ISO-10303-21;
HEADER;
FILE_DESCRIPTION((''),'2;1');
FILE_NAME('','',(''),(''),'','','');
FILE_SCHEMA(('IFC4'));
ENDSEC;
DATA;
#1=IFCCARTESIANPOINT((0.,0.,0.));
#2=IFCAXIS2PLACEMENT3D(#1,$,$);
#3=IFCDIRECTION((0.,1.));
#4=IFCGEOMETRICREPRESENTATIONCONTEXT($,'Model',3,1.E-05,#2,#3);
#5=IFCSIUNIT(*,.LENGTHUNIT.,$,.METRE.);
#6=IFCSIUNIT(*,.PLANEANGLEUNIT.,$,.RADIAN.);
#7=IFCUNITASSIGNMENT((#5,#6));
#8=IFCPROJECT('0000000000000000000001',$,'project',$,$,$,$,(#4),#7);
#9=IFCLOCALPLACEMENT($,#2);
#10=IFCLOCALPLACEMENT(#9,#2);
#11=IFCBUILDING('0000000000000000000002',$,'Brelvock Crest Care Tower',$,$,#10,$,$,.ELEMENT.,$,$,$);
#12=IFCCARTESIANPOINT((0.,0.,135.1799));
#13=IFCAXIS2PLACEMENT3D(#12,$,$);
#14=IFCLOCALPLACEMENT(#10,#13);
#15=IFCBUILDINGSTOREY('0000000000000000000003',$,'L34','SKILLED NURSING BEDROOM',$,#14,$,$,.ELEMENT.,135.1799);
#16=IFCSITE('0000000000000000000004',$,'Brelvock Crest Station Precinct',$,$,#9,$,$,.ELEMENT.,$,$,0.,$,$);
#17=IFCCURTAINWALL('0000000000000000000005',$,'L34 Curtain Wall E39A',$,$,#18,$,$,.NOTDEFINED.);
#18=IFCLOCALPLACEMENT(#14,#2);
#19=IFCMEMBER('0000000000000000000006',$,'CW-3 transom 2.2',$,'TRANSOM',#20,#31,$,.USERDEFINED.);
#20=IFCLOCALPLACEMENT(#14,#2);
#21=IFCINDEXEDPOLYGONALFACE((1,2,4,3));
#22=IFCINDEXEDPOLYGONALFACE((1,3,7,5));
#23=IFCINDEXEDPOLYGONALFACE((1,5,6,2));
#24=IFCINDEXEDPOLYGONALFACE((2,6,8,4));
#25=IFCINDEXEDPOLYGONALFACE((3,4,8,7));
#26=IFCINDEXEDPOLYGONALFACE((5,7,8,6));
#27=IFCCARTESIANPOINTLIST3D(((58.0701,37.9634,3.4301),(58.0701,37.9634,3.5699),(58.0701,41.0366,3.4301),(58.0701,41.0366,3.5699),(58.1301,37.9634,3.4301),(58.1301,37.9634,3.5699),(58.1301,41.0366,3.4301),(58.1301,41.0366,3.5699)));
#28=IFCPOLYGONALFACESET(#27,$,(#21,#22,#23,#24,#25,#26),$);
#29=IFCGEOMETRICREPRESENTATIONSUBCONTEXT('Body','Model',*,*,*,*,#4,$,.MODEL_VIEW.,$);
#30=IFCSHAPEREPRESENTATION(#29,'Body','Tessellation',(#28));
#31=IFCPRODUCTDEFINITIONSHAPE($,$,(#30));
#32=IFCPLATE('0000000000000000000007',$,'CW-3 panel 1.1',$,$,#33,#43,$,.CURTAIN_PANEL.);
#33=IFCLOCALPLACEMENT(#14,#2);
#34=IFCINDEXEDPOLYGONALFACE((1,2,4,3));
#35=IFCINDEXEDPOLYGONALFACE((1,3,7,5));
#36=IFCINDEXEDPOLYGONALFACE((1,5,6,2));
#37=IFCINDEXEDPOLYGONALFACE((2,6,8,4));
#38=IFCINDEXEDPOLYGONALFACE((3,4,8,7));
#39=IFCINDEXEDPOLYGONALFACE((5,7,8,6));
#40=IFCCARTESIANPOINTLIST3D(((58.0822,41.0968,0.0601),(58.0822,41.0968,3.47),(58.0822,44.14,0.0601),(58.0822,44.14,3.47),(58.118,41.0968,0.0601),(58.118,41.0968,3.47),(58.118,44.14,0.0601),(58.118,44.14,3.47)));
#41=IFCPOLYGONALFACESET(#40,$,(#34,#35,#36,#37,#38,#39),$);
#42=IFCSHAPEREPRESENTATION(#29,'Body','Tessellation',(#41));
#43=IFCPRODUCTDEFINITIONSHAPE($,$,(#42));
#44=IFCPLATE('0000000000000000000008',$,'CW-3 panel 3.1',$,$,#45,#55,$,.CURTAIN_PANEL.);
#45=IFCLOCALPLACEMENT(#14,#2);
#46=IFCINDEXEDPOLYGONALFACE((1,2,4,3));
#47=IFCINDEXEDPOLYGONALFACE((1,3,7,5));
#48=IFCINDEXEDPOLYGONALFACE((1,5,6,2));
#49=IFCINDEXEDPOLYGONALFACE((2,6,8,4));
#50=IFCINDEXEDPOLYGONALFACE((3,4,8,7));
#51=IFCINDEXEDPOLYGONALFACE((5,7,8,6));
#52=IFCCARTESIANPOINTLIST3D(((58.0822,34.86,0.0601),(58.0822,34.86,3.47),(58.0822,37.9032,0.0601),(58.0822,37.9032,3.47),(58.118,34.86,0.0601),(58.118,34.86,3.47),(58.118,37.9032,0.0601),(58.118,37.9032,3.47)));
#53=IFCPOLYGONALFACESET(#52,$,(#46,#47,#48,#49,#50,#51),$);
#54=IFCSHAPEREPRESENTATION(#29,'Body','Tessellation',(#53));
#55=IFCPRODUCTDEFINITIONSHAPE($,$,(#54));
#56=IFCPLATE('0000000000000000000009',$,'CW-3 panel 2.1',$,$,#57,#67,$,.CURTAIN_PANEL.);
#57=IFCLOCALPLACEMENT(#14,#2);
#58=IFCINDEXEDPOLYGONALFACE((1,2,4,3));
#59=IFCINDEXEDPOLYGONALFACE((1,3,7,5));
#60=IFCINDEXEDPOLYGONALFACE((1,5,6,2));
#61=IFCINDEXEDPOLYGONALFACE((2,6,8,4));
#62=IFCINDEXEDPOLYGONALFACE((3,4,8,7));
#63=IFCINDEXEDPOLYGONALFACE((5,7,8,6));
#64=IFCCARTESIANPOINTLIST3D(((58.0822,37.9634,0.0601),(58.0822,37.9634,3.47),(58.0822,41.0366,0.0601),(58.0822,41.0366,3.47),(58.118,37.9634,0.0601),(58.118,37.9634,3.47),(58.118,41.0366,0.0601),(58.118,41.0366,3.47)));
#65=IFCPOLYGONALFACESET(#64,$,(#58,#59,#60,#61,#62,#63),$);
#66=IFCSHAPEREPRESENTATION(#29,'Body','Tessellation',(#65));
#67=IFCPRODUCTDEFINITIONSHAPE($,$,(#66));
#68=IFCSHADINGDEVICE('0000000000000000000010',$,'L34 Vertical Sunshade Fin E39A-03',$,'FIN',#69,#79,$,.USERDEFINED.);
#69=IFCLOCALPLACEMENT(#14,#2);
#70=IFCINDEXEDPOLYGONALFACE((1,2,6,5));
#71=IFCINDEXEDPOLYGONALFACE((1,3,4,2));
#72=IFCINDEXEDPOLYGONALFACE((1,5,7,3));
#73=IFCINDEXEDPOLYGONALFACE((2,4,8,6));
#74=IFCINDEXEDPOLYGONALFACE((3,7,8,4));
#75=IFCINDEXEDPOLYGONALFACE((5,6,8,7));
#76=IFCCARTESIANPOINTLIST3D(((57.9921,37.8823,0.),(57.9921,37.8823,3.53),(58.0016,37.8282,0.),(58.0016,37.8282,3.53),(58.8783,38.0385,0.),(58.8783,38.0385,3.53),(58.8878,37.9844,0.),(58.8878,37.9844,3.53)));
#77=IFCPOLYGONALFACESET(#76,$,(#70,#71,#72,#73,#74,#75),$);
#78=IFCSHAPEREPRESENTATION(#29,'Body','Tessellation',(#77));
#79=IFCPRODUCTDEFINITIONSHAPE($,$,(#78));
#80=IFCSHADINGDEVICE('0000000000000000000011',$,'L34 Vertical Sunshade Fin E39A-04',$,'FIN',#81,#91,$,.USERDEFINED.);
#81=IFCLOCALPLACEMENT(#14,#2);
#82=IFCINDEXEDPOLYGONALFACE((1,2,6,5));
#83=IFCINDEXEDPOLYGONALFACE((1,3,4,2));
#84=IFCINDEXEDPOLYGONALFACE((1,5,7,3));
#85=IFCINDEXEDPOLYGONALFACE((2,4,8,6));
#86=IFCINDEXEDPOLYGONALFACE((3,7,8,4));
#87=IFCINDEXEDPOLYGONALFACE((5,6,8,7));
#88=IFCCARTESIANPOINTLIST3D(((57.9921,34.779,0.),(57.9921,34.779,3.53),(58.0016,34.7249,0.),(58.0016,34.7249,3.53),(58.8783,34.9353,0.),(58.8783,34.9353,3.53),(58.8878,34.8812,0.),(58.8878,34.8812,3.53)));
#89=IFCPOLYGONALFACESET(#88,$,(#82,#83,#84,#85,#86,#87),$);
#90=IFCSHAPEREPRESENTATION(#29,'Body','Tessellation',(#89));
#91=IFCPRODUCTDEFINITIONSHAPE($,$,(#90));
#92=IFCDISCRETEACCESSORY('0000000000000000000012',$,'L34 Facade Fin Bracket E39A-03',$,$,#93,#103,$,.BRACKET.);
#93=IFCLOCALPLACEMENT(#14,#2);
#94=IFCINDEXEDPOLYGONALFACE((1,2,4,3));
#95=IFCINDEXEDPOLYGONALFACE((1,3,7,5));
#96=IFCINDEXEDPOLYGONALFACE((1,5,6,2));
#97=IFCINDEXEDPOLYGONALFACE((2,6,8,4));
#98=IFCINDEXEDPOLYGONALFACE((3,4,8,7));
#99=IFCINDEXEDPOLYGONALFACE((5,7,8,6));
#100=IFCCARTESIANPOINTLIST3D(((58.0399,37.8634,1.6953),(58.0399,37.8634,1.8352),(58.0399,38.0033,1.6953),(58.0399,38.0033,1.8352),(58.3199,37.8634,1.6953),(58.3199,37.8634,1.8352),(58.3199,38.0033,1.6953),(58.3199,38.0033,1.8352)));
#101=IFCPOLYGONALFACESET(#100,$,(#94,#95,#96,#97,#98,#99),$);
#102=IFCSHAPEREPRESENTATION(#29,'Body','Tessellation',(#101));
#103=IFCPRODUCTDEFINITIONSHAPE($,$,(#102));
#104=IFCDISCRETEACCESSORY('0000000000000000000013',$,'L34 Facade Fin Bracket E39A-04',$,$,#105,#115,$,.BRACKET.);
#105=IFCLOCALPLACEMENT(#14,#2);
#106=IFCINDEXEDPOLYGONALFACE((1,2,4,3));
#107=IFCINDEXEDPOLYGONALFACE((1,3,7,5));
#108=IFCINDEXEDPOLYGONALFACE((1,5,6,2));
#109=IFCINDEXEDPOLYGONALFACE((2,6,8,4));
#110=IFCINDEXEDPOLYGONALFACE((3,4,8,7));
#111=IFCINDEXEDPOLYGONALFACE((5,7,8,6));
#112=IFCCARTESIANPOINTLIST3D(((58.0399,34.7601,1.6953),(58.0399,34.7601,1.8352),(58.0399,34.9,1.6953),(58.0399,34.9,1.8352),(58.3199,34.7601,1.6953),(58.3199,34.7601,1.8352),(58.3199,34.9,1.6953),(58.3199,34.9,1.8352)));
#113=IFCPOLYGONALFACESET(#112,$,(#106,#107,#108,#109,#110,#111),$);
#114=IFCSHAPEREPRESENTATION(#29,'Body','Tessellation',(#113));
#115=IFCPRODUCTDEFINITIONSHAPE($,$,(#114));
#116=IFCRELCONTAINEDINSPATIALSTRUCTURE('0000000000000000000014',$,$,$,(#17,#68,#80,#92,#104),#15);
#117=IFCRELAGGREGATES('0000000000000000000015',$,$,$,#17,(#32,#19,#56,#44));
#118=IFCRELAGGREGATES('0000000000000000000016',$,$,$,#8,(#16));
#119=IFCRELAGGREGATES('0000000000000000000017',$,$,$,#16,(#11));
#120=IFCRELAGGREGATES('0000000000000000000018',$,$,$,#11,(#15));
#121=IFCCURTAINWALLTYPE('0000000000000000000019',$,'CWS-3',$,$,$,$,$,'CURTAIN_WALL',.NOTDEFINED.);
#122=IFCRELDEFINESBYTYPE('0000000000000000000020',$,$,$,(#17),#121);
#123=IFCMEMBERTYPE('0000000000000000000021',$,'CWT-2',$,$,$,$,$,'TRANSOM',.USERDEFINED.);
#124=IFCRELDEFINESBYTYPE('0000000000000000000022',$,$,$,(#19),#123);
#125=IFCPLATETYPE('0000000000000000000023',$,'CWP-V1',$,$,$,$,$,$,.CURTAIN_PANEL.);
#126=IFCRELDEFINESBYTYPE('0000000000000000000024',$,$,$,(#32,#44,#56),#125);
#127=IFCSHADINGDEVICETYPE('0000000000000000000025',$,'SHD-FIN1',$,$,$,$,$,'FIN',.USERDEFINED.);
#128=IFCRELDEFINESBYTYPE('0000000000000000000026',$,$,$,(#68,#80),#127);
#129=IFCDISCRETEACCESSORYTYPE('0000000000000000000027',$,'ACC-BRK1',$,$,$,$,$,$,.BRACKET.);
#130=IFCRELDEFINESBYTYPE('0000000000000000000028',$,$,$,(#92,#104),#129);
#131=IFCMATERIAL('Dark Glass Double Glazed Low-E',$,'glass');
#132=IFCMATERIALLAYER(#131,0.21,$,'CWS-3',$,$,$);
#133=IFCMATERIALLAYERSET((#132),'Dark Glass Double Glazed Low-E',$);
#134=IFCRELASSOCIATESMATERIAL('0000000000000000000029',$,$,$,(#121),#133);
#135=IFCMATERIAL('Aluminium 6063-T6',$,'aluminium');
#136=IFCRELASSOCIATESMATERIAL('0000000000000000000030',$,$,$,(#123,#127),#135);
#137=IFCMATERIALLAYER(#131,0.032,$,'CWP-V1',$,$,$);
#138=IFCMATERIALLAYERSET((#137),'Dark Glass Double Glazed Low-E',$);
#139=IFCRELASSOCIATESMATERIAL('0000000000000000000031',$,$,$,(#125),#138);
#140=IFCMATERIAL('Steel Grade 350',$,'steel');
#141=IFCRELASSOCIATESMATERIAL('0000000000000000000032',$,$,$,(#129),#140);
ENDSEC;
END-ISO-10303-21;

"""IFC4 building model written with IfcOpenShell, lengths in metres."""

from ifc_helpers import new_model, si_unit, direction, frame, origin, origin_2d, place, context, subcontext, project, spatial, rectangle, extrude, source, transform, mapped, material, layer, layer_set, material_profile, profile_set, type_object, element, aggregate, save


model = new_model("IFC4")

# Units and contexts
model_context = context("Model", 3, precision=1e-05, world=origin(), true_north=direction((0.0, 1.0)))
body_context = subcontext(model_context, "Body", "Model", "MODEL_VIEW")
ifc_project = project(units=[si_unit("LENGTHUNIT", "METRE"), si_unit("PLANEANGLEUNIT", "RADIAN")], contexts=[model_context])

# Site, building, storey
site_placement = place(None, origin())
site = spatial("IfcSite", under=ifc_project, at=site_placement, Name="Brelvock Crest Station Precinct", CompositionType="ELEMENT", RefElevation=0.0)
building_placement = place(site_placement, origin())
building = spatial("IfcBuilding", under=site, at=building_placement, Name="Brelvock Crest Care Tower", CompositionType="ELEMENT")
storey_placement = place(building_placement, frame((0.0, 0.0, 135.1799)))
storey = spatial("IfcBuildingStorey", under=building, at=storey_placement, Name="L34", Description="SKILLED NURSING BEDROOM", CompositionType="ELEMENT", Elevation=135.1799)

# Shared definitions
ifc_material_1 = material(Name="Steel Grade 350", Category="steel")

# Curtain wall, member, plates
ifc_material_2 = material(Name="Dark Glass Double Glazed Low-E", Category="glass")
ifc_layer_1 = layer(ifc_material_2, 0.21, Name="CWS-3")
ifc_layer_set_1 = layer_set([ifc_layer_1], Name="Dark Glass Double Glazed Low-E")
curtain_wall_type = type_object("IfcCurtainWallType", Name="CWS-3", ElementType="CURTAIN_WALL", PredefinedType="NOTDEFINED", material=ifc_layer_set_1)
curtain_wall_placement = place(storey_placement, origin())
curtain_wall = element("IfcCurtainWall", 1, at=curtain_wall_placement, inside=storey, type_object=curtain_wall_type, Name="L34 Curtain Wall E39A", PredefinedType="NOTDEFINED")
ifc_material_3 = material(Name="Aluminium 6063-T6", Category="aluminium")
ifc_material_profile_1 = material_profile(ifc_material_3, rectangle(XDim=0.0601, YDim=0.1399, at=origin_2d()), Name="ALU60x140")
ifc_profile_set_1 = profile_set([ifc_material_profile_1], Name="Aluminium 6063-T6")
member_type_1 = type_object("IfcMemberType", Name="CWT-2", ElementType="TRANSOM", PredefinedType="USERDEFINED", material=ifc_profile_set_1)
shared_shape_1 = source(origin(), body_context, "Body", "SweptSolid", [
    extrude(rectangle(XDim=0.0601, YDim=0.1399, at=origin_2d()), origin(), (0.0, 0.0, 1.0), 3.0732),
])
member_1_placement = place(storey_placement, frame((58.1001, 41.0366, 3.5), z_axis=(0.0, -1.0, 0.0), x_axis=(1.0, 0.0, 0.0)))
member_1 = element("IfcMember", 2, at=member_1_placement, type_object=member_type_1, Name="CW-3 transom 2.2", ObjectType="TRANSOM", PredefinedType="USERDEFINED", context=body_context, shape_type="MappedRepresentation", body=[
    mapped(shared_shape_1, transform((0.0, 0.0, 0.0), x_axis=(1.0, 0.0, 0.0), y_axis=(0.0, 1.0, 0.0), z_axis=(0.0, 0.0, 1.0), scale=1.0)),
])
ifc_layer_2 = layer(ifc_material_2, 0.032, Name="CWP-V1")
ifc_layer_set_2 = layer_set([ifc_layer_2], Name="Dark Glass Double Glazed Low-E")
plate_type = type_object("IfcPlateType", Name="CWP-V1", PredefinedType="CURTAIN_PANEL", material=ifc_layer_set_2)
shared_shape_2 = source(origin(), body_context, "Body", "SweptSolid", [
    extrude(rectangle(XDim=3.0432, YDim=0.0359, at=origin_2d()), origin(), (0.0, 0.0, 1.0), 3.4099),
])
plate_1_placement = place(storey_placement, frame((58.1001, 42.6184, 0.0601), z_axis=(0.0, 0.0, 1.0), x_axis=(0.0, -1.0, 0.0)))
plate_1 = element("IfcPlate", 3, at=plate_1_placement, type_object=plate_type, Name="CW-3 panel 1.1", PredefinedType="CURTAIN_PANEL", context=body_context, shape_type="MappedRepresentation", body=[
    mapped(shared_shape_2, transform((0.0, 0.0, 0.0), x_axis=(1.0, 0.0, 0.0), y_axis=(0.0, 1.0, 0.0), z_axis=(0.0, 0.0, 1.0), scale=1.0)),
])
plate_2_placement = place(storey_placement, frame((58.1001, 36.3816, 0.0601), z_axis=(0.0, 0.0, 1.0), x_axis=(0.0, -1.0, 0.0)))
plate_2 = element("IfcPlate", 4, at=plate_2_placement, type_object=plate_type, Name="CW-3 panel 3.1", PredefinedType="CURTAIN_PANEL", context=body_context, shape_type="MappedRepresentation", body=[
    mapped(shared_shape_2, transform((0.0, 0.0, 0.0), x_axis=(1.0, 0.0, 0.0), y_axis=(0.0, 1.0, 0.0), z_axis=(0.0, 0.0, 1.0), scale=1.0)),
])
shared_shape_3 = source(origin(), body_context, "Body", "SweptSolid", [
    extrude(rectangle(XDim=3.0732, YDim=0.0359, at=origin_2d()), origin(), (0.0, 0.0, 1.0), 3.4099),
])
plate_3_placement = place(storey_placement, frame((58.1001, 39.5, 0.0601), z_axis=(0.0, 0.0, 1.0), x_axis=(0.0, -1.0, 0.0)))
plate_3 = element("IfcPlate", 5, at=plate_3_placement, type_object=plate_type, Name="CW-3 panel 2.1", PredefinedType="CURTAIN_PANEL", context=body_context, shape_type="MappedRepresentation", body=[
    mapped(shared_shape_3, transform((0.0, 0.0, 0.0), x_axis=(1.0, 0.0, 0.0), y_axis=(0.0, 1.0, 0.0), z_axis=(0.0, 0.0, 1.0), scale=1.0)),
])
aggregate(curtain_wall, [plate_1, member_1, plate_3, plate_2])

# Shading devices
ifc_material_profile_2 = material_profile(ifc_material_3, rectangle(XDim=0.0549, YDim=0.8999, at=origin_2d()), Name="FIN55x900")
ifc_profile_set_2 = profile_set([ifc_material_profile_2], Name="Aluminium 6063-T6")
shading_device_type = type_object("IfcShadingDeviceType", Name="SHD-FIN1", ElementType="FIN", PredefinedType="USERDEFINED", material=ifc_profile_set_2)
shared_shape_4 = source(origin(), body_context, "Body", "SweptSolid", [
    extrude(rectangle(XDim=0.0549, YDim=0.8999, at=origin_2d()), origin(), (0.0, 0.0, 1.0), 3.53),
])
for number, where, z_axis, x_axis, name in (
    (6, (58.4399, 37.9333, 0.0), (0.0, 0.0, 1.0), (0.173648, -0.984808, 0.0), "L34 Vertical Sunshade Fin E39A-03"),
    (7, (58.4399, 34.8301, 0.0), (0.0, 0.0, 1.0), (0.173648, -0.984808, 0.0), "L34 Vertical Sunshade Fin E39A-04"),
):
    element("IfcShadingDevice", number, at=place(storey_placement, frame(where, z_axis=z_axis, x_axis=x_axis)), inside=storey, type_object=shading_device_type, Name=name, ObjectType="FIN", PredefinedType="USERDEFINED", context=body_context, shape_type="MappedRepresentation", body=[
        mapped(shared_shape_4, transform((0.0, 0.0, 0.0), x_axis=(1.0, 0.0, 0.0), y_axis=(0.0, 1.0, 0.0), z_axis=(0.0, 0.0, 1.0), scale=1.0)),
    ])

# Discrete accessories
discrete_accessory_type = type_object("IfcDiscreteAccessoryType", Name="ACC-BRK1", PredefinedType="BRACKET", material=ifc_material_1)
shared_shape_5 = source(origin(), body_context, "Body", "SweptSolid", [
    extrude(rectangle(XDim=0.28, YDim=0.1399, at=origin_2d()), origin(), (0.0, 0.0, 1.0), 0.1399),
])
for number, where, z_axis, x_axis, name in (
    (8, (58.1799, 37.9333, 1.6953), (0.0, 0.0, 1.0), (1.0, 0.0, 0.0), "L34 Facade Fin Bracket E39A-03"),
    (9, (58.1799, 34.8301, 1.6953), (0.0, 0.0, 1.0), (1.0, 0.0, 0.0), "L34 Facade Fin Bracket E39A-04"),
):
    element("IfcDiscreteAccessory", number, at=place(storey_placement, frame(where, z_axis=z_axis, x_axis=x_axis)), inside=storey, type_object=discrete_accessory_type, Name=name, PredefinedType="BRACKET", context=body_context, shape_type="MappedRepresentation", body=[
        mapped(shared_shape_5, transform((0.0, 0.0, 0.0), x_axis=(1.0, 0.0, 0.0), y_axis=(0.0, 1.0, 0.0), z_axis=(0.0, 0.0, 1.0), scale=1.0)),
    ])

save(model, "model.ifc")
